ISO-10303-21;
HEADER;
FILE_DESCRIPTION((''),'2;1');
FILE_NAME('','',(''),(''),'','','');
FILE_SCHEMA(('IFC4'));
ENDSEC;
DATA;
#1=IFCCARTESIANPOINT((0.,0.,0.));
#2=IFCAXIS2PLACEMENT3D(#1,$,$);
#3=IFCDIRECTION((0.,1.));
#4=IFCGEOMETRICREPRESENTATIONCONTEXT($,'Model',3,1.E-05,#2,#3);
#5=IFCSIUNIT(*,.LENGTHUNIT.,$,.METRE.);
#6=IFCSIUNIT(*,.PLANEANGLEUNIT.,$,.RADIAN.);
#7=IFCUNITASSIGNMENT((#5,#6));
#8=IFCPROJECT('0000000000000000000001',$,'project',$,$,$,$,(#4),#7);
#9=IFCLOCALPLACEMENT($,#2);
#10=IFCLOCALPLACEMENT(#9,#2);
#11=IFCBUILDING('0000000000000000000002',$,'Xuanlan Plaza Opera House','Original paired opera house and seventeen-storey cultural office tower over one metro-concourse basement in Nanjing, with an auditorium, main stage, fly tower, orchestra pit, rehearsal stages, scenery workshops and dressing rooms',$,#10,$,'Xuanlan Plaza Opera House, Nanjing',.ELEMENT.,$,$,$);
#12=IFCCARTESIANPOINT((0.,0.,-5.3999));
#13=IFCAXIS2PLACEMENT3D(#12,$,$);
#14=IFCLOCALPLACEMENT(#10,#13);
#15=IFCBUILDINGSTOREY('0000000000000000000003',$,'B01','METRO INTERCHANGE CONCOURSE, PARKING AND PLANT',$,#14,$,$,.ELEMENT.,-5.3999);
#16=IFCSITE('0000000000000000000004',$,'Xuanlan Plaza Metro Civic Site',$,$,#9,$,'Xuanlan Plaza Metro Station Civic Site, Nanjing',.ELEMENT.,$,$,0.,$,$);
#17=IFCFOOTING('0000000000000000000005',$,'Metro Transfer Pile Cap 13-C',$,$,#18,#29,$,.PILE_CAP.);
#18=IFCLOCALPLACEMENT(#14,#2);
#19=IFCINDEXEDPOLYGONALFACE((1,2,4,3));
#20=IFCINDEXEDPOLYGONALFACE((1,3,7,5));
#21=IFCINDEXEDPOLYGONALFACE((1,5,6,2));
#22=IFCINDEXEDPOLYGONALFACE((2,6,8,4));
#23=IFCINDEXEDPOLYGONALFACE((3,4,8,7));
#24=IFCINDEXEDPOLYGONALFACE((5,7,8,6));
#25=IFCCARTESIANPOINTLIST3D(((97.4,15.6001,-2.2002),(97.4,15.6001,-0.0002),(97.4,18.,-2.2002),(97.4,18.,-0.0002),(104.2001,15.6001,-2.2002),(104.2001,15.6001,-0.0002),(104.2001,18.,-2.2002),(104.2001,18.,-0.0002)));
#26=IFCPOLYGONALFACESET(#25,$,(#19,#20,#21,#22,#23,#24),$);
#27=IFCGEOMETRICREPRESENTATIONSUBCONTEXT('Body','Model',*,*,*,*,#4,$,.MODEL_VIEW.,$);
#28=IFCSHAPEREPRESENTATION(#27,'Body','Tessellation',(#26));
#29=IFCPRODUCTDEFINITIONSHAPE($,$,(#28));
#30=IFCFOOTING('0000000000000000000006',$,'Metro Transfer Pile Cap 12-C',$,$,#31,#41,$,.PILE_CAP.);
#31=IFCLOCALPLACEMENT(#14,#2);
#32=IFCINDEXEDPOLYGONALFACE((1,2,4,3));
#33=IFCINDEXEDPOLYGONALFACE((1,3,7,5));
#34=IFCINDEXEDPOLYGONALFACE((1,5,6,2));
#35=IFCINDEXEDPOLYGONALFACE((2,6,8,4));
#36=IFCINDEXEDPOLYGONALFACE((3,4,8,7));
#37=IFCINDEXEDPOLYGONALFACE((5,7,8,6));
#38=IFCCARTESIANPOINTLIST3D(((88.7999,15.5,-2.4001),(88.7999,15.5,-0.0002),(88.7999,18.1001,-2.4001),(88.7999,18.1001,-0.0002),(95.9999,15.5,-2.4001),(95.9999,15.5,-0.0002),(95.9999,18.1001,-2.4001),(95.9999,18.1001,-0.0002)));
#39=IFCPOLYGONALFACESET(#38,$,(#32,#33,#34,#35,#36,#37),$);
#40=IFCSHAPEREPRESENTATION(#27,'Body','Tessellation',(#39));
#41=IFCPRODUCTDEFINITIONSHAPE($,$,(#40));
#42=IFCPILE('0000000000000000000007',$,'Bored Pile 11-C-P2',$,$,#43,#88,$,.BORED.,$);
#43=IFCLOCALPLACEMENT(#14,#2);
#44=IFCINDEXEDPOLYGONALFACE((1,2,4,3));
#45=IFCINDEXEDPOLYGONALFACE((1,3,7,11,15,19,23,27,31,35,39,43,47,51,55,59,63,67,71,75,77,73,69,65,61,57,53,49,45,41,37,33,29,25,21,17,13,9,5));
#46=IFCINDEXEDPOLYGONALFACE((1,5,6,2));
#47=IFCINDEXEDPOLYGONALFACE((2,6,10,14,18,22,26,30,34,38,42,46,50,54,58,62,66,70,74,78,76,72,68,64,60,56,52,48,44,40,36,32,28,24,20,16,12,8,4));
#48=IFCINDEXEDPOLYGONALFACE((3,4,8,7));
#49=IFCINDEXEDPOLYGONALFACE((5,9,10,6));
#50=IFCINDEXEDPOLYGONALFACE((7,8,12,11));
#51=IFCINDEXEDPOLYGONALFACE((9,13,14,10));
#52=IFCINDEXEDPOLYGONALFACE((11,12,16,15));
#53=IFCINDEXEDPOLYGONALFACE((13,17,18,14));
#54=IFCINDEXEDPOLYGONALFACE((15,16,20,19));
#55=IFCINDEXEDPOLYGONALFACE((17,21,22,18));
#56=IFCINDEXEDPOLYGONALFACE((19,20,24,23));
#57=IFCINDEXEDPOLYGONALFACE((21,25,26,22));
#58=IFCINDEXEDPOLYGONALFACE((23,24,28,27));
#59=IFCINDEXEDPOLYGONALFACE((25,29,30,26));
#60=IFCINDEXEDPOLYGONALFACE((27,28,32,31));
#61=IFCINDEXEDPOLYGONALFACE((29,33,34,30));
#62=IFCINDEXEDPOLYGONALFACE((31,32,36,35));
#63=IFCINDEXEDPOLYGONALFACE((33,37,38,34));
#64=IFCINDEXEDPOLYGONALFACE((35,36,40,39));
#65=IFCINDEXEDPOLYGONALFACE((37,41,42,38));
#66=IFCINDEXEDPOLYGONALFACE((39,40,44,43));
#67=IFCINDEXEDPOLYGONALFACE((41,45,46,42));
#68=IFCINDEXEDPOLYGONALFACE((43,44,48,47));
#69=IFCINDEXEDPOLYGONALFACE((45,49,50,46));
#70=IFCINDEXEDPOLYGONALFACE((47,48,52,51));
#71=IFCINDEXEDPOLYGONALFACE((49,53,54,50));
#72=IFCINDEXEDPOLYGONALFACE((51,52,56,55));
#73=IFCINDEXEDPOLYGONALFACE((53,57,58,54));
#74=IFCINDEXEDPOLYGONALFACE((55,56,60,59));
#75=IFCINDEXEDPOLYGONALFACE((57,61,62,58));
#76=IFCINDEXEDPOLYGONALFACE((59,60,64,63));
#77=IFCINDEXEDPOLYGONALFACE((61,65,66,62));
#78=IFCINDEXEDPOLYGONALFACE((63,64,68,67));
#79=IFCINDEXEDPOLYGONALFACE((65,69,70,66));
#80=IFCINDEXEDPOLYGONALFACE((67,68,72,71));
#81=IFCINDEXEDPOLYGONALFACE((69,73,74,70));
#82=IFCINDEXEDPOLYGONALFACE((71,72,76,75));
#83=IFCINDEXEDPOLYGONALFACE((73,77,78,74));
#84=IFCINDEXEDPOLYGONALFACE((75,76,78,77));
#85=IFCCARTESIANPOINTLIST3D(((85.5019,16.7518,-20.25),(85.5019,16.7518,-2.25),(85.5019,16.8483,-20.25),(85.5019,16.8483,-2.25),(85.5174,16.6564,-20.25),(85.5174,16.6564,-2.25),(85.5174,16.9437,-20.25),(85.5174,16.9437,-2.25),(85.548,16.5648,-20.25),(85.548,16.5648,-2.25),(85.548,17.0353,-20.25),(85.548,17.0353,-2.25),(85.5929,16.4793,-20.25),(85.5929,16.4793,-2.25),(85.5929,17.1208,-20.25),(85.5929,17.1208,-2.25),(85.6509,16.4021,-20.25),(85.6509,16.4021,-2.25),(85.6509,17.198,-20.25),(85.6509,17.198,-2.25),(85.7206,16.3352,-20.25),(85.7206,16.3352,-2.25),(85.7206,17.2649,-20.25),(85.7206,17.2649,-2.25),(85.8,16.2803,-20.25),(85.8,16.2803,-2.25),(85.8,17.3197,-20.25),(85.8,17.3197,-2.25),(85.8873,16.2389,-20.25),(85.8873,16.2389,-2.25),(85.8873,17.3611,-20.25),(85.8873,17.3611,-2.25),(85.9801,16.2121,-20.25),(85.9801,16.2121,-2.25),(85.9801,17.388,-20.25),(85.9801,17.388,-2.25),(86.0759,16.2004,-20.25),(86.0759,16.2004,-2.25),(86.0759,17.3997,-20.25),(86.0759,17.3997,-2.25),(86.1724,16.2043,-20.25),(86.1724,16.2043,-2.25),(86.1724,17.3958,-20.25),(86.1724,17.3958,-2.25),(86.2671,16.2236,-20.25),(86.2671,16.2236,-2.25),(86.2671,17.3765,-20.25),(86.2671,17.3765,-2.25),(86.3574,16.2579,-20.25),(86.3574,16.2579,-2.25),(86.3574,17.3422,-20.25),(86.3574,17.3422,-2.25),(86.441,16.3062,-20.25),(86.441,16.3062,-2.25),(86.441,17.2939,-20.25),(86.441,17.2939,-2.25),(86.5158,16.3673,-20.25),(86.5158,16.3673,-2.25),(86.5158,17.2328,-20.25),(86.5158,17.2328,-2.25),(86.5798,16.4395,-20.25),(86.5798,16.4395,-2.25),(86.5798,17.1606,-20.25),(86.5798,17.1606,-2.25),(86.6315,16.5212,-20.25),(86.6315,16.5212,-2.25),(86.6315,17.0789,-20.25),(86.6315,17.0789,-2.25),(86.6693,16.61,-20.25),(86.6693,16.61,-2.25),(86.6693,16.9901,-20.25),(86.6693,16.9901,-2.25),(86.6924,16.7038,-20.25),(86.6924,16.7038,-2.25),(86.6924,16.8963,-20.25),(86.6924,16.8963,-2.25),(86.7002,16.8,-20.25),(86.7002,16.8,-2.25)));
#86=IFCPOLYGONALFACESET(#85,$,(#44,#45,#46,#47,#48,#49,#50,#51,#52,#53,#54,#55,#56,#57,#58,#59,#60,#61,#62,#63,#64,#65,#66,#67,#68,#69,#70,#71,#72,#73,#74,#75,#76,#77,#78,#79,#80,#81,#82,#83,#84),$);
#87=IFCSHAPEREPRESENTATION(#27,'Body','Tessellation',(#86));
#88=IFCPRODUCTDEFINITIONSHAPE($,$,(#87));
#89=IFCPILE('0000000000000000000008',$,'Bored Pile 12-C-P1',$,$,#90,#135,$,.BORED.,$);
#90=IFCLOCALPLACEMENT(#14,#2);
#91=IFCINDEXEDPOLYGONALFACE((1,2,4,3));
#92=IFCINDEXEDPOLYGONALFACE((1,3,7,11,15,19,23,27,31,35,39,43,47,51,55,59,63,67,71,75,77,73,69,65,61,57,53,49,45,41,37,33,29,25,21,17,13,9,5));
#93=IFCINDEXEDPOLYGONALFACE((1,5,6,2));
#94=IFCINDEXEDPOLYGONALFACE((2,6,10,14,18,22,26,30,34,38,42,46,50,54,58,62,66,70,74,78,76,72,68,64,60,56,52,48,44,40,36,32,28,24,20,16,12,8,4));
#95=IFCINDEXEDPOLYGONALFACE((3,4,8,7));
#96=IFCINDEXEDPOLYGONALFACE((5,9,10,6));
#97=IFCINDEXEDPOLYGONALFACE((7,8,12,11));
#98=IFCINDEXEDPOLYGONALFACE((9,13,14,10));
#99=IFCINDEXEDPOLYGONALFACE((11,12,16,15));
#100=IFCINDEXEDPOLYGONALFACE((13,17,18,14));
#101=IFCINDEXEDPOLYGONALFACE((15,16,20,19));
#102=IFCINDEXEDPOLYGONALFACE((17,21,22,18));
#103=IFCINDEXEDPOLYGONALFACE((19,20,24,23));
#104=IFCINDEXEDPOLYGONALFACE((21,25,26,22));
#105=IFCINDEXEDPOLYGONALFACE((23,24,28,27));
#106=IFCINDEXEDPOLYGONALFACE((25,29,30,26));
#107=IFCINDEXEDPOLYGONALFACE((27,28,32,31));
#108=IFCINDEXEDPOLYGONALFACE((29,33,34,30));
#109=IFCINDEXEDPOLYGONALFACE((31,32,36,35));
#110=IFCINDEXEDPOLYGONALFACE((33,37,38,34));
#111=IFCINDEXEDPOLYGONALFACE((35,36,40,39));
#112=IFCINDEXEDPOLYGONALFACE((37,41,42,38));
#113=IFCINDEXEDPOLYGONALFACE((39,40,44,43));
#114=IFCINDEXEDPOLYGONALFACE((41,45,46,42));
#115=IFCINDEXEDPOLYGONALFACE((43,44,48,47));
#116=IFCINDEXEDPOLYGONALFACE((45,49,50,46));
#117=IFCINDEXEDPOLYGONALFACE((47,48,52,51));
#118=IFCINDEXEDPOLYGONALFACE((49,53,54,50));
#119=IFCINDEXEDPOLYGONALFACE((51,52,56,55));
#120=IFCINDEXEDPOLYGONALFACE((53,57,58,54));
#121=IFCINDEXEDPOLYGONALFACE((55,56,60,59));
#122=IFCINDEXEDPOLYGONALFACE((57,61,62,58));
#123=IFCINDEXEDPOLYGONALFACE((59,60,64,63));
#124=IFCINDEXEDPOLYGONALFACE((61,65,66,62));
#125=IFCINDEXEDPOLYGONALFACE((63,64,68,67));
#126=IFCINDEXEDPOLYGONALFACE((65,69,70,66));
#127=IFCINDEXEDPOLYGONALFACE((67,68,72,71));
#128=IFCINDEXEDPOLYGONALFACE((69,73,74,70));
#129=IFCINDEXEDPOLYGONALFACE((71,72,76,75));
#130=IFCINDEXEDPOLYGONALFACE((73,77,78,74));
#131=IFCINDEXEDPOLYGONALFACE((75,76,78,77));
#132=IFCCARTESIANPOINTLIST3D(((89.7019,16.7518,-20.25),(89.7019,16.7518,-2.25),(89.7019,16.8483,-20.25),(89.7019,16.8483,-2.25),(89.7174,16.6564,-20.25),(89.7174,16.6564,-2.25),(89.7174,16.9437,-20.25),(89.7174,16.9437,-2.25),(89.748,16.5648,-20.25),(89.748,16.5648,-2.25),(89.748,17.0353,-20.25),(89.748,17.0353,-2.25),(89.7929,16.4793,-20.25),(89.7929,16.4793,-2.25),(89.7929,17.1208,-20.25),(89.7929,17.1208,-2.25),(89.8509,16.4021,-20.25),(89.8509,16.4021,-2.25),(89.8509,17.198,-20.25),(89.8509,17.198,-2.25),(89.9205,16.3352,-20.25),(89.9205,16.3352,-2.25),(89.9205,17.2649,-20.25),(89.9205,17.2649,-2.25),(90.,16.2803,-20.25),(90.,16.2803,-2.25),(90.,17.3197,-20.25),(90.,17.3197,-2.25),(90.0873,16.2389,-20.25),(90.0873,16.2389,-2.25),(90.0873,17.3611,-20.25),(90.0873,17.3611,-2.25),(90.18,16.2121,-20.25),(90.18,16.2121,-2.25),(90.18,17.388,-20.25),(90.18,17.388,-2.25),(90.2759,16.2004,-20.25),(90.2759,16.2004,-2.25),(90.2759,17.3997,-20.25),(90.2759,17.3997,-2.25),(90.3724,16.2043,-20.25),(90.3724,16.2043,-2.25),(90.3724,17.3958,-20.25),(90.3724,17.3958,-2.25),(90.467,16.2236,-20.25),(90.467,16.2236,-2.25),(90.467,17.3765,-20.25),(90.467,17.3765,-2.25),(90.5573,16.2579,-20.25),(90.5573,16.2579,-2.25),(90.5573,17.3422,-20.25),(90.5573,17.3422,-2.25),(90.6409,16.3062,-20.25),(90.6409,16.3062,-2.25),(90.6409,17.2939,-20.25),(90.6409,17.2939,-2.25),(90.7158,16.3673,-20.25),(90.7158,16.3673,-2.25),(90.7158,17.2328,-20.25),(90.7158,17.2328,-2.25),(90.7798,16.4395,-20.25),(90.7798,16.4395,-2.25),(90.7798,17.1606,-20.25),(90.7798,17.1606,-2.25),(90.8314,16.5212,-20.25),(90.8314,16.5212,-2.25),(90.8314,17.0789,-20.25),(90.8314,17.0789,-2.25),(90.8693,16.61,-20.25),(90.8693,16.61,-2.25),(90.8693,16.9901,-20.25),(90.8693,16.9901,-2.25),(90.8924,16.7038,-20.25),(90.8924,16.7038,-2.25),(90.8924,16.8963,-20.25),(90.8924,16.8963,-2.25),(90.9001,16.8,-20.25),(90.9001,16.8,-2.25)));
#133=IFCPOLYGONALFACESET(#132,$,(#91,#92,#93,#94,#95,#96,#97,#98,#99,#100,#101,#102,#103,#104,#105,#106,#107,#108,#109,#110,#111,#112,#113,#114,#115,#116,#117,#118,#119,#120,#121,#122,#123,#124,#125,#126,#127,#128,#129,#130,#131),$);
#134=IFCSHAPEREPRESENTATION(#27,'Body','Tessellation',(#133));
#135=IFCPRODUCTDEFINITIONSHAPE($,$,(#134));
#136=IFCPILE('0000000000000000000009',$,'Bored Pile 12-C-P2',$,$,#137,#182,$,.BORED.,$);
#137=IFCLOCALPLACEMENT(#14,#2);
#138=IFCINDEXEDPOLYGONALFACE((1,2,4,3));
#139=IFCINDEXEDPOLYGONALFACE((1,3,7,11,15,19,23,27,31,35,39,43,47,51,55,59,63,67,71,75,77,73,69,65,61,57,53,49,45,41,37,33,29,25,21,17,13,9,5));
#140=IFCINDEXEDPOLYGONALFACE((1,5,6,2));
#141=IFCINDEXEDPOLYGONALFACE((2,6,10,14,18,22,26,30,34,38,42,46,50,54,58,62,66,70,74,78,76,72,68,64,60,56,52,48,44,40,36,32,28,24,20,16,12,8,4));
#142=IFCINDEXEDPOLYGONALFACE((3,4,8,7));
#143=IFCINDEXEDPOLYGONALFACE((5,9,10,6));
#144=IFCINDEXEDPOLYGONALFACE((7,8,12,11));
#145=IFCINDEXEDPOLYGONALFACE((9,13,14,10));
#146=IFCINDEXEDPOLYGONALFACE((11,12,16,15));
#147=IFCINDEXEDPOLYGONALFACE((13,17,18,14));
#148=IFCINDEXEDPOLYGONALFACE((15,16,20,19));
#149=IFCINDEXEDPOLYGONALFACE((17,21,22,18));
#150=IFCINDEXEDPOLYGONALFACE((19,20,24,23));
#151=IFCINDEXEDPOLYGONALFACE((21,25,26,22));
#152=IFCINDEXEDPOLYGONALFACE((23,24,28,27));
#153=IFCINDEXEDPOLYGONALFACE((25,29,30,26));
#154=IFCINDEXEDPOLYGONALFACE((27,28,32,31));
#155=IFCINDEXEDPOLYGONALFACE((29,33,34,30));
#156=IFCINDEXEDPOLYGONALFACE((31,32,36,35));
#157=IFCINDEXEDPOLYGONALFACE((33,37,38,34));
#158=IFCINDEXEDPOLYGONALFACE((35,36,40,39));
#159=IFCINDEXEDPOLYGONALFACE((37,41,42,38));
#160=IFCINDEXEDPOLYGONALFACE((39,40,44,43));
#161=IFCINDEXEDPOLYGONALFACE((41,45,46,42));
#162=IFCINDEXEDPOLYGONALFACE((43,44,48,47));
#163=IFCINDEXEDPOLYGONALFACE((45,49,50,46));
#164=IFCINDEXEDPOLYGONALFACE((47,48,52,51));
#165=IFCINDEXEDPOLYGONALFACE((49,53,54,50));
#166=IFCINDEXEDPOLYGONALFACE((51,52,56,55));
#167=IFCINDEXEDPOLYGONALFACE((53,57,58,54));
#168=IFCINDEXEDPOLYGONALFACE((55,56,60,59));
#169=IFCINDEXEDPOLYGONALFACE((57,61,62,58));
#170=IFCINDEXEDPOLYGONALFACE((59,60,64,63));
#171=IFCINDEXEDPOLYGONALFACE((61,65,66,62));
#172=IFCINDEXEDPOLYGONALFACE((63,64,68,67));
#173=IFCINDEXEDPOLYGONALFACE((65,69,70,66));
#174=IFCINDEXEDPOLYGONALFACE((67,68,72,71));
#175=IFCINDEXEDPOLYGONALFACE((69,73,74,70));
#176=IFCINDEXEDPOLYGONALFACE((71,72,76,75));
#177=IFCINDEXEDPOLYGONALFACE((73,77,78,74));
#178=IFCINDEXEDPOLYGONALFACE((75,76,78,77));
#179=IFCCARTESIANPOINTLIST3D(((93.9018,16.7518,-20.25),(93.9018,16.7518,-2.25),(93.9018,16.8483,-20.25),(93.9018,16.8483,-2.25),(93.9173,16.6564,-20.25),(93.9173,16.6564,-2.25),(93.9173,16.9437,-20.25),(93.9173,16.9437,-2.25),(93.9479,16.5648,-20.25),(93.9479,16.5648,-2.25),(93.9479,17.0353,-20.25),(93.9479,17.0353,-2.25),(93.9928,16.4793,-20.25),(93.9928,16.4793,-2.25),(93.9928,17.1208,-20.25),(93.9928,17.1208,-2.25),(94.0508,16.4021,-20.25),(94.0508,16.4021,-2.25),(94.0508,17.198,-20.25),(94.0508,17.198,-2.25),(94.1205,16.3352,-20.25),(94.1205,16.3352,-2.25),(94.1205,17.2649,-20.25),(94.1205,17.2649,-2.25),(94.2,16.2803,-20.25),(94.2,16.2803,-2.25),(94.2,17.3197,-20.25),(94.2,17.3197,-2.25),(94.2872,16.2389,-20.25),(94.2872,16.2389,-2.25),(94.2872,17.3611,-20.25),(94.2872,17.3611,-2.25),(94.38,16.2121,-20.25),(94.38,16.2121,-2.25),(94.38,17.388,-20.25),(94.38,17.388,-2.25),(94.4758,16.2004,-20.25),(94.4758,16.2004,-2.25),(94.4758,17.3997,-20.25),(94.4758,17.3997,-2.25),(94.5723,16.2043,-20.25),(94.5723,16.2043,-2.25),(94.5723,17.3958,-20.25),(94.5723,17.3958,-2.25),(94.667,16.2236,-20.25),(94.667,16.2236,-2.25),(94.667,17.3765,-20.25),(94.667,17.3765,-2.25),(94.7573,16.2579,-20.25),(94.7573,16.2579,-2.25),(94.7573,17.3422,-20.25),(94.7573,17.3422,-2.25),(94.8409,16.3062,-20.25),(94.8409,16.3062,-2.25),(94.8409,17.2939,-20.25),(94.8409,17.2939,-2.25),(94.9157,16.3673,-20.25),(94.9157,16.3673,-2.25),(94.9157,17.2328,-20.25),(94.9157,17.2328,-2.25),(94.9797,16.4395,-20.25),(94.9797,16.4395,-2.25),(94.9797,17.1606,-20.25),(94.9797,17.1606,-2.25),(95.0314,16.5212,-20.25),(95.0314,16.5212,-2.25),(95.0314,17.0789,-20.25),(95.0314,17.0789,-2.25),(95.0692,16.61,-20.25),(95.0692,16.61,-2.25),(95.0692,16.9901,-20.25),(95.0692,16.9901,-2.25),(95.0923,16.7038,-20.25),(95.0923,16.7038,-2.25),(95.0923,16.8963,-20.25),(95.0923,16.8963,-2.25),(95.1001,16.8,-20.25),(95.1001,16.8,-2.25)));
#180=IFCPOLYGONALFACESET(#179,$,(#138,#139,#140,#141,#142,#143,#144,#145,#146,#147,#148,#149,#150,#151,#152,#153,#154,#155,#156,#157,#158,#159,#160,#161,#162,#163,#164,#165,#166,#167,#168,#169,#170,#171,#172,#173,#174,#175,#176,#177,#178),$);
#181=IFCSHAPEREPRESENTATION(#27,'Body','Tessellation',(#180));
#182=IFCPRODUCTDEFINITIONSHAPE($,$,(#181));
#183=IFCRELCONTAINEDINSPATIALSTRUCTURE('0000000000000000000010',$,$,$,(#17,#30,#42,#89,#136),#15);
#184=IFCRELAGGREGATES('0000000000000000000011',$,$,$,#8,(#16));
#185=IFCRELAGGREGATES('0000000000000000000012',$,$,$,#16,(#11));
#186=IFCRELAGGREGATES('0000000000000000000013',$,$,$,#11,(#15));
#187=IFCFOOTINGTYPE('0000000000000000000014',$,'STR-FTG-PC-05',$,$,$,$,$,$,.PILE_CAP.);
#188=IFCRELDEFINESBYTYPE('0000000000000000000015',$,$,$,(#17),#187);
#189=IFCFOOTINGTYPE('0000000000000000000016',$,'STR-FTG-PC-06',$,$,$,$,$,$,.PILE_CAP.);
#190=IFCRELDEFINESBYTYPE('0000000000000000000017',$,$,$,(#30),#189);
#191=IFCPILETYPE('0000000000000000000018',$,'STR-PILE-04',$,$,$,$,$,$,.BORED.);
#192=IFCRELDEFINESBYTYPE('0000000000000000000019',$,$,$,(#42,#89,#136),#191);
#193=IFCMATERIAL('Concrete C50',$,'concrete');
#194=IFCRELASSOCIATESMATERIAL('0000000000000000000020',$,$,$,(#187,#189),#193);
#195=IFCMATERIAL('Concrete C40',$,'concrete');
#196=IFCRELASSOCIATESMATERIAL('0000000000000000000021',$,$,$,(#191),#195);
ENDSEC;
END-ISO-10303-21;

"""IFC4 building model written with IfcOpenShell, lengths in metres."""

from ifc_helpers import new_model, si_unit, direction, frame, origin, origin_2d, place, context, subcontext, project, spatial, rectangle, circle, extrude, material, material_profile, profile_set, type_object, element, save


model = new_model("IFC4")

# Units and contexts
model_context = context("Model", 3, precision=1e-05, world=origin(), true_north=direction((0.0, 1.0)))
body_context = subcontext(model_context, "Body", "Model", "MODEL_VIEW")
ifc_project = project(units=[si_unit("LENGTHUNIT", "METRE"), si_unit("PLANEANGLEUNIT", "RADIAN")], contexts=[model_context])

# Site, building, storey
site_placement = place(None, origin())
site = spatial("IfcSite", under=ifc_project, at=site_placement, Name="Xuanlan Plaza Metro Civic Site", LongName="Xuanlan Plaza Metro Station Civic Site, Nanjing", CompositionType="ELEMENT", RefElevation=0.0)
building_placement = place(site_placement, origin())
building = spatial("IfcBuilding", under=site, at=building_placement, Name="Xuanlan Plaza Opera House", Description="Original paired opera house and seventeen-storey cultural office tower over one metro-concourse basement in Nanjing, with an auditorium, main stage, fly tower, orchestra pit, rehearsal stages, scenery workshops and dressing rooms", LongName="Xuanlan Plaza Opera House, Nanjing", CompositionType="ELEMENT")
storey_placement = place(building_placement, frame((0.0, 0.0, -5.3999)))
storey = spatial("IfcBuildingStorey", under=building, at=storey_placement, Name="B01", Description="METRO INTERCHANGE CONCOURSE, PARKING AND PLANT", CompositionType="ELEMENT", Elevation=-5.3999)

# Footings
ifc_material_1 = material(Name="Concrete C50", Category="concrete")
footing_type_1 = type_object("IfcFootingType", Name="STR-FTG-PC-05", PredefinedType="PILE_CAP", material=ifc_material_1)
footing_1_placement = place(storey_placement, frame((100.8, 16.8, -2.2002), z_axis=(0.0, 0.0, 1.0), x_axis=(1.0, 0.0, 0.0)))
element("IfcFooting", 1, at=footing_1_placement, inside=storey, type_object=footing_type_1, Name="Metro Transfer Pile Cap 13-C", PredefinedType="PILE_CAP", context=body_context, shape_type="SweptSolid", body=[
    extrude(rectangle(XDim=6.8, YDim=2.3999, at=origin_2d()), origin(), (0.0, 0.0, 1.0), 2.2),
])
footing_type_2 = type_object("IfcFootingType", Name="STR-FTG-PC-06", PredefinedType="PILE_CAP", material=ifc_material_1)
footing_2_placement = place(storey_placement, frame((92.3999, 16.8, -2.4001), z_axis=(0.0, 0.0, 1.0), x_axis=(1.0, 0.0, 0.0)))
element("IfcFooting", 2, at=footing_2_placement, inside=storey, type_object=footing_type_2, Name="Metro Transfer Pile Cap 12-C", PredefinedType="PILE_CAP", context=body_context, shape_type="SweptSolid", body=[
    extrude(rectangle(XDim=7.2, YDim=2.6001, at=origin_2d()), origin(), (0.0, 0.0, 1.0), 2.3999),
])

# Piles
ifc_material_2 = material(Name="Concrete C40", Category="concrete")
ifc_material_profile_1 = material_profile(ifc_material_2, circle(Radius=0.6001, at=origin_2d()), Name="PILE D1200")
ifc_profile_set_1 = profile_set([ifc_material_profile_1], Name="Concrete C40")
pile_type = type_object("IfcPileType", Name="STR-PILE-04", PredefinedType="BORED", material=ifc_profile_set_1)
for number, where, z_axis, x_axis, name in (
    (3, (86.1001, 16.8, -2.25), (0.0, 0.0, -1.0), (1.0, 0.0, 0.0), "Bored Pile 11-C-P2"),
    (4, (90.3, 16.8, -2.25), (0.0, 0.0, -1.0), (1.0, 0.0, 0.0), "Bored Pile 12-C-P1"),
    (5, (94.5, 16.8, -2.25), (0.0, 0.0, -1.0), (1.0, 0.0, 0.0), "Bored Pile 12-C-P2"),
):
    element("IfcPile", number, at=place(storey_placement, frame(where, z_axis=z_axis, x_axis=x_axis)), inside=storey, type_object=pile_type, Name=name, PredefinedType="BORED", context=body_context, shape_type="SweptSolid", body=[
        extrude(circle(Radius=0.6001, at=origin_2d()), origin(), (0.0, 0.0, 1.0), 18.0),
    ])

save(model, "model.ifc")
